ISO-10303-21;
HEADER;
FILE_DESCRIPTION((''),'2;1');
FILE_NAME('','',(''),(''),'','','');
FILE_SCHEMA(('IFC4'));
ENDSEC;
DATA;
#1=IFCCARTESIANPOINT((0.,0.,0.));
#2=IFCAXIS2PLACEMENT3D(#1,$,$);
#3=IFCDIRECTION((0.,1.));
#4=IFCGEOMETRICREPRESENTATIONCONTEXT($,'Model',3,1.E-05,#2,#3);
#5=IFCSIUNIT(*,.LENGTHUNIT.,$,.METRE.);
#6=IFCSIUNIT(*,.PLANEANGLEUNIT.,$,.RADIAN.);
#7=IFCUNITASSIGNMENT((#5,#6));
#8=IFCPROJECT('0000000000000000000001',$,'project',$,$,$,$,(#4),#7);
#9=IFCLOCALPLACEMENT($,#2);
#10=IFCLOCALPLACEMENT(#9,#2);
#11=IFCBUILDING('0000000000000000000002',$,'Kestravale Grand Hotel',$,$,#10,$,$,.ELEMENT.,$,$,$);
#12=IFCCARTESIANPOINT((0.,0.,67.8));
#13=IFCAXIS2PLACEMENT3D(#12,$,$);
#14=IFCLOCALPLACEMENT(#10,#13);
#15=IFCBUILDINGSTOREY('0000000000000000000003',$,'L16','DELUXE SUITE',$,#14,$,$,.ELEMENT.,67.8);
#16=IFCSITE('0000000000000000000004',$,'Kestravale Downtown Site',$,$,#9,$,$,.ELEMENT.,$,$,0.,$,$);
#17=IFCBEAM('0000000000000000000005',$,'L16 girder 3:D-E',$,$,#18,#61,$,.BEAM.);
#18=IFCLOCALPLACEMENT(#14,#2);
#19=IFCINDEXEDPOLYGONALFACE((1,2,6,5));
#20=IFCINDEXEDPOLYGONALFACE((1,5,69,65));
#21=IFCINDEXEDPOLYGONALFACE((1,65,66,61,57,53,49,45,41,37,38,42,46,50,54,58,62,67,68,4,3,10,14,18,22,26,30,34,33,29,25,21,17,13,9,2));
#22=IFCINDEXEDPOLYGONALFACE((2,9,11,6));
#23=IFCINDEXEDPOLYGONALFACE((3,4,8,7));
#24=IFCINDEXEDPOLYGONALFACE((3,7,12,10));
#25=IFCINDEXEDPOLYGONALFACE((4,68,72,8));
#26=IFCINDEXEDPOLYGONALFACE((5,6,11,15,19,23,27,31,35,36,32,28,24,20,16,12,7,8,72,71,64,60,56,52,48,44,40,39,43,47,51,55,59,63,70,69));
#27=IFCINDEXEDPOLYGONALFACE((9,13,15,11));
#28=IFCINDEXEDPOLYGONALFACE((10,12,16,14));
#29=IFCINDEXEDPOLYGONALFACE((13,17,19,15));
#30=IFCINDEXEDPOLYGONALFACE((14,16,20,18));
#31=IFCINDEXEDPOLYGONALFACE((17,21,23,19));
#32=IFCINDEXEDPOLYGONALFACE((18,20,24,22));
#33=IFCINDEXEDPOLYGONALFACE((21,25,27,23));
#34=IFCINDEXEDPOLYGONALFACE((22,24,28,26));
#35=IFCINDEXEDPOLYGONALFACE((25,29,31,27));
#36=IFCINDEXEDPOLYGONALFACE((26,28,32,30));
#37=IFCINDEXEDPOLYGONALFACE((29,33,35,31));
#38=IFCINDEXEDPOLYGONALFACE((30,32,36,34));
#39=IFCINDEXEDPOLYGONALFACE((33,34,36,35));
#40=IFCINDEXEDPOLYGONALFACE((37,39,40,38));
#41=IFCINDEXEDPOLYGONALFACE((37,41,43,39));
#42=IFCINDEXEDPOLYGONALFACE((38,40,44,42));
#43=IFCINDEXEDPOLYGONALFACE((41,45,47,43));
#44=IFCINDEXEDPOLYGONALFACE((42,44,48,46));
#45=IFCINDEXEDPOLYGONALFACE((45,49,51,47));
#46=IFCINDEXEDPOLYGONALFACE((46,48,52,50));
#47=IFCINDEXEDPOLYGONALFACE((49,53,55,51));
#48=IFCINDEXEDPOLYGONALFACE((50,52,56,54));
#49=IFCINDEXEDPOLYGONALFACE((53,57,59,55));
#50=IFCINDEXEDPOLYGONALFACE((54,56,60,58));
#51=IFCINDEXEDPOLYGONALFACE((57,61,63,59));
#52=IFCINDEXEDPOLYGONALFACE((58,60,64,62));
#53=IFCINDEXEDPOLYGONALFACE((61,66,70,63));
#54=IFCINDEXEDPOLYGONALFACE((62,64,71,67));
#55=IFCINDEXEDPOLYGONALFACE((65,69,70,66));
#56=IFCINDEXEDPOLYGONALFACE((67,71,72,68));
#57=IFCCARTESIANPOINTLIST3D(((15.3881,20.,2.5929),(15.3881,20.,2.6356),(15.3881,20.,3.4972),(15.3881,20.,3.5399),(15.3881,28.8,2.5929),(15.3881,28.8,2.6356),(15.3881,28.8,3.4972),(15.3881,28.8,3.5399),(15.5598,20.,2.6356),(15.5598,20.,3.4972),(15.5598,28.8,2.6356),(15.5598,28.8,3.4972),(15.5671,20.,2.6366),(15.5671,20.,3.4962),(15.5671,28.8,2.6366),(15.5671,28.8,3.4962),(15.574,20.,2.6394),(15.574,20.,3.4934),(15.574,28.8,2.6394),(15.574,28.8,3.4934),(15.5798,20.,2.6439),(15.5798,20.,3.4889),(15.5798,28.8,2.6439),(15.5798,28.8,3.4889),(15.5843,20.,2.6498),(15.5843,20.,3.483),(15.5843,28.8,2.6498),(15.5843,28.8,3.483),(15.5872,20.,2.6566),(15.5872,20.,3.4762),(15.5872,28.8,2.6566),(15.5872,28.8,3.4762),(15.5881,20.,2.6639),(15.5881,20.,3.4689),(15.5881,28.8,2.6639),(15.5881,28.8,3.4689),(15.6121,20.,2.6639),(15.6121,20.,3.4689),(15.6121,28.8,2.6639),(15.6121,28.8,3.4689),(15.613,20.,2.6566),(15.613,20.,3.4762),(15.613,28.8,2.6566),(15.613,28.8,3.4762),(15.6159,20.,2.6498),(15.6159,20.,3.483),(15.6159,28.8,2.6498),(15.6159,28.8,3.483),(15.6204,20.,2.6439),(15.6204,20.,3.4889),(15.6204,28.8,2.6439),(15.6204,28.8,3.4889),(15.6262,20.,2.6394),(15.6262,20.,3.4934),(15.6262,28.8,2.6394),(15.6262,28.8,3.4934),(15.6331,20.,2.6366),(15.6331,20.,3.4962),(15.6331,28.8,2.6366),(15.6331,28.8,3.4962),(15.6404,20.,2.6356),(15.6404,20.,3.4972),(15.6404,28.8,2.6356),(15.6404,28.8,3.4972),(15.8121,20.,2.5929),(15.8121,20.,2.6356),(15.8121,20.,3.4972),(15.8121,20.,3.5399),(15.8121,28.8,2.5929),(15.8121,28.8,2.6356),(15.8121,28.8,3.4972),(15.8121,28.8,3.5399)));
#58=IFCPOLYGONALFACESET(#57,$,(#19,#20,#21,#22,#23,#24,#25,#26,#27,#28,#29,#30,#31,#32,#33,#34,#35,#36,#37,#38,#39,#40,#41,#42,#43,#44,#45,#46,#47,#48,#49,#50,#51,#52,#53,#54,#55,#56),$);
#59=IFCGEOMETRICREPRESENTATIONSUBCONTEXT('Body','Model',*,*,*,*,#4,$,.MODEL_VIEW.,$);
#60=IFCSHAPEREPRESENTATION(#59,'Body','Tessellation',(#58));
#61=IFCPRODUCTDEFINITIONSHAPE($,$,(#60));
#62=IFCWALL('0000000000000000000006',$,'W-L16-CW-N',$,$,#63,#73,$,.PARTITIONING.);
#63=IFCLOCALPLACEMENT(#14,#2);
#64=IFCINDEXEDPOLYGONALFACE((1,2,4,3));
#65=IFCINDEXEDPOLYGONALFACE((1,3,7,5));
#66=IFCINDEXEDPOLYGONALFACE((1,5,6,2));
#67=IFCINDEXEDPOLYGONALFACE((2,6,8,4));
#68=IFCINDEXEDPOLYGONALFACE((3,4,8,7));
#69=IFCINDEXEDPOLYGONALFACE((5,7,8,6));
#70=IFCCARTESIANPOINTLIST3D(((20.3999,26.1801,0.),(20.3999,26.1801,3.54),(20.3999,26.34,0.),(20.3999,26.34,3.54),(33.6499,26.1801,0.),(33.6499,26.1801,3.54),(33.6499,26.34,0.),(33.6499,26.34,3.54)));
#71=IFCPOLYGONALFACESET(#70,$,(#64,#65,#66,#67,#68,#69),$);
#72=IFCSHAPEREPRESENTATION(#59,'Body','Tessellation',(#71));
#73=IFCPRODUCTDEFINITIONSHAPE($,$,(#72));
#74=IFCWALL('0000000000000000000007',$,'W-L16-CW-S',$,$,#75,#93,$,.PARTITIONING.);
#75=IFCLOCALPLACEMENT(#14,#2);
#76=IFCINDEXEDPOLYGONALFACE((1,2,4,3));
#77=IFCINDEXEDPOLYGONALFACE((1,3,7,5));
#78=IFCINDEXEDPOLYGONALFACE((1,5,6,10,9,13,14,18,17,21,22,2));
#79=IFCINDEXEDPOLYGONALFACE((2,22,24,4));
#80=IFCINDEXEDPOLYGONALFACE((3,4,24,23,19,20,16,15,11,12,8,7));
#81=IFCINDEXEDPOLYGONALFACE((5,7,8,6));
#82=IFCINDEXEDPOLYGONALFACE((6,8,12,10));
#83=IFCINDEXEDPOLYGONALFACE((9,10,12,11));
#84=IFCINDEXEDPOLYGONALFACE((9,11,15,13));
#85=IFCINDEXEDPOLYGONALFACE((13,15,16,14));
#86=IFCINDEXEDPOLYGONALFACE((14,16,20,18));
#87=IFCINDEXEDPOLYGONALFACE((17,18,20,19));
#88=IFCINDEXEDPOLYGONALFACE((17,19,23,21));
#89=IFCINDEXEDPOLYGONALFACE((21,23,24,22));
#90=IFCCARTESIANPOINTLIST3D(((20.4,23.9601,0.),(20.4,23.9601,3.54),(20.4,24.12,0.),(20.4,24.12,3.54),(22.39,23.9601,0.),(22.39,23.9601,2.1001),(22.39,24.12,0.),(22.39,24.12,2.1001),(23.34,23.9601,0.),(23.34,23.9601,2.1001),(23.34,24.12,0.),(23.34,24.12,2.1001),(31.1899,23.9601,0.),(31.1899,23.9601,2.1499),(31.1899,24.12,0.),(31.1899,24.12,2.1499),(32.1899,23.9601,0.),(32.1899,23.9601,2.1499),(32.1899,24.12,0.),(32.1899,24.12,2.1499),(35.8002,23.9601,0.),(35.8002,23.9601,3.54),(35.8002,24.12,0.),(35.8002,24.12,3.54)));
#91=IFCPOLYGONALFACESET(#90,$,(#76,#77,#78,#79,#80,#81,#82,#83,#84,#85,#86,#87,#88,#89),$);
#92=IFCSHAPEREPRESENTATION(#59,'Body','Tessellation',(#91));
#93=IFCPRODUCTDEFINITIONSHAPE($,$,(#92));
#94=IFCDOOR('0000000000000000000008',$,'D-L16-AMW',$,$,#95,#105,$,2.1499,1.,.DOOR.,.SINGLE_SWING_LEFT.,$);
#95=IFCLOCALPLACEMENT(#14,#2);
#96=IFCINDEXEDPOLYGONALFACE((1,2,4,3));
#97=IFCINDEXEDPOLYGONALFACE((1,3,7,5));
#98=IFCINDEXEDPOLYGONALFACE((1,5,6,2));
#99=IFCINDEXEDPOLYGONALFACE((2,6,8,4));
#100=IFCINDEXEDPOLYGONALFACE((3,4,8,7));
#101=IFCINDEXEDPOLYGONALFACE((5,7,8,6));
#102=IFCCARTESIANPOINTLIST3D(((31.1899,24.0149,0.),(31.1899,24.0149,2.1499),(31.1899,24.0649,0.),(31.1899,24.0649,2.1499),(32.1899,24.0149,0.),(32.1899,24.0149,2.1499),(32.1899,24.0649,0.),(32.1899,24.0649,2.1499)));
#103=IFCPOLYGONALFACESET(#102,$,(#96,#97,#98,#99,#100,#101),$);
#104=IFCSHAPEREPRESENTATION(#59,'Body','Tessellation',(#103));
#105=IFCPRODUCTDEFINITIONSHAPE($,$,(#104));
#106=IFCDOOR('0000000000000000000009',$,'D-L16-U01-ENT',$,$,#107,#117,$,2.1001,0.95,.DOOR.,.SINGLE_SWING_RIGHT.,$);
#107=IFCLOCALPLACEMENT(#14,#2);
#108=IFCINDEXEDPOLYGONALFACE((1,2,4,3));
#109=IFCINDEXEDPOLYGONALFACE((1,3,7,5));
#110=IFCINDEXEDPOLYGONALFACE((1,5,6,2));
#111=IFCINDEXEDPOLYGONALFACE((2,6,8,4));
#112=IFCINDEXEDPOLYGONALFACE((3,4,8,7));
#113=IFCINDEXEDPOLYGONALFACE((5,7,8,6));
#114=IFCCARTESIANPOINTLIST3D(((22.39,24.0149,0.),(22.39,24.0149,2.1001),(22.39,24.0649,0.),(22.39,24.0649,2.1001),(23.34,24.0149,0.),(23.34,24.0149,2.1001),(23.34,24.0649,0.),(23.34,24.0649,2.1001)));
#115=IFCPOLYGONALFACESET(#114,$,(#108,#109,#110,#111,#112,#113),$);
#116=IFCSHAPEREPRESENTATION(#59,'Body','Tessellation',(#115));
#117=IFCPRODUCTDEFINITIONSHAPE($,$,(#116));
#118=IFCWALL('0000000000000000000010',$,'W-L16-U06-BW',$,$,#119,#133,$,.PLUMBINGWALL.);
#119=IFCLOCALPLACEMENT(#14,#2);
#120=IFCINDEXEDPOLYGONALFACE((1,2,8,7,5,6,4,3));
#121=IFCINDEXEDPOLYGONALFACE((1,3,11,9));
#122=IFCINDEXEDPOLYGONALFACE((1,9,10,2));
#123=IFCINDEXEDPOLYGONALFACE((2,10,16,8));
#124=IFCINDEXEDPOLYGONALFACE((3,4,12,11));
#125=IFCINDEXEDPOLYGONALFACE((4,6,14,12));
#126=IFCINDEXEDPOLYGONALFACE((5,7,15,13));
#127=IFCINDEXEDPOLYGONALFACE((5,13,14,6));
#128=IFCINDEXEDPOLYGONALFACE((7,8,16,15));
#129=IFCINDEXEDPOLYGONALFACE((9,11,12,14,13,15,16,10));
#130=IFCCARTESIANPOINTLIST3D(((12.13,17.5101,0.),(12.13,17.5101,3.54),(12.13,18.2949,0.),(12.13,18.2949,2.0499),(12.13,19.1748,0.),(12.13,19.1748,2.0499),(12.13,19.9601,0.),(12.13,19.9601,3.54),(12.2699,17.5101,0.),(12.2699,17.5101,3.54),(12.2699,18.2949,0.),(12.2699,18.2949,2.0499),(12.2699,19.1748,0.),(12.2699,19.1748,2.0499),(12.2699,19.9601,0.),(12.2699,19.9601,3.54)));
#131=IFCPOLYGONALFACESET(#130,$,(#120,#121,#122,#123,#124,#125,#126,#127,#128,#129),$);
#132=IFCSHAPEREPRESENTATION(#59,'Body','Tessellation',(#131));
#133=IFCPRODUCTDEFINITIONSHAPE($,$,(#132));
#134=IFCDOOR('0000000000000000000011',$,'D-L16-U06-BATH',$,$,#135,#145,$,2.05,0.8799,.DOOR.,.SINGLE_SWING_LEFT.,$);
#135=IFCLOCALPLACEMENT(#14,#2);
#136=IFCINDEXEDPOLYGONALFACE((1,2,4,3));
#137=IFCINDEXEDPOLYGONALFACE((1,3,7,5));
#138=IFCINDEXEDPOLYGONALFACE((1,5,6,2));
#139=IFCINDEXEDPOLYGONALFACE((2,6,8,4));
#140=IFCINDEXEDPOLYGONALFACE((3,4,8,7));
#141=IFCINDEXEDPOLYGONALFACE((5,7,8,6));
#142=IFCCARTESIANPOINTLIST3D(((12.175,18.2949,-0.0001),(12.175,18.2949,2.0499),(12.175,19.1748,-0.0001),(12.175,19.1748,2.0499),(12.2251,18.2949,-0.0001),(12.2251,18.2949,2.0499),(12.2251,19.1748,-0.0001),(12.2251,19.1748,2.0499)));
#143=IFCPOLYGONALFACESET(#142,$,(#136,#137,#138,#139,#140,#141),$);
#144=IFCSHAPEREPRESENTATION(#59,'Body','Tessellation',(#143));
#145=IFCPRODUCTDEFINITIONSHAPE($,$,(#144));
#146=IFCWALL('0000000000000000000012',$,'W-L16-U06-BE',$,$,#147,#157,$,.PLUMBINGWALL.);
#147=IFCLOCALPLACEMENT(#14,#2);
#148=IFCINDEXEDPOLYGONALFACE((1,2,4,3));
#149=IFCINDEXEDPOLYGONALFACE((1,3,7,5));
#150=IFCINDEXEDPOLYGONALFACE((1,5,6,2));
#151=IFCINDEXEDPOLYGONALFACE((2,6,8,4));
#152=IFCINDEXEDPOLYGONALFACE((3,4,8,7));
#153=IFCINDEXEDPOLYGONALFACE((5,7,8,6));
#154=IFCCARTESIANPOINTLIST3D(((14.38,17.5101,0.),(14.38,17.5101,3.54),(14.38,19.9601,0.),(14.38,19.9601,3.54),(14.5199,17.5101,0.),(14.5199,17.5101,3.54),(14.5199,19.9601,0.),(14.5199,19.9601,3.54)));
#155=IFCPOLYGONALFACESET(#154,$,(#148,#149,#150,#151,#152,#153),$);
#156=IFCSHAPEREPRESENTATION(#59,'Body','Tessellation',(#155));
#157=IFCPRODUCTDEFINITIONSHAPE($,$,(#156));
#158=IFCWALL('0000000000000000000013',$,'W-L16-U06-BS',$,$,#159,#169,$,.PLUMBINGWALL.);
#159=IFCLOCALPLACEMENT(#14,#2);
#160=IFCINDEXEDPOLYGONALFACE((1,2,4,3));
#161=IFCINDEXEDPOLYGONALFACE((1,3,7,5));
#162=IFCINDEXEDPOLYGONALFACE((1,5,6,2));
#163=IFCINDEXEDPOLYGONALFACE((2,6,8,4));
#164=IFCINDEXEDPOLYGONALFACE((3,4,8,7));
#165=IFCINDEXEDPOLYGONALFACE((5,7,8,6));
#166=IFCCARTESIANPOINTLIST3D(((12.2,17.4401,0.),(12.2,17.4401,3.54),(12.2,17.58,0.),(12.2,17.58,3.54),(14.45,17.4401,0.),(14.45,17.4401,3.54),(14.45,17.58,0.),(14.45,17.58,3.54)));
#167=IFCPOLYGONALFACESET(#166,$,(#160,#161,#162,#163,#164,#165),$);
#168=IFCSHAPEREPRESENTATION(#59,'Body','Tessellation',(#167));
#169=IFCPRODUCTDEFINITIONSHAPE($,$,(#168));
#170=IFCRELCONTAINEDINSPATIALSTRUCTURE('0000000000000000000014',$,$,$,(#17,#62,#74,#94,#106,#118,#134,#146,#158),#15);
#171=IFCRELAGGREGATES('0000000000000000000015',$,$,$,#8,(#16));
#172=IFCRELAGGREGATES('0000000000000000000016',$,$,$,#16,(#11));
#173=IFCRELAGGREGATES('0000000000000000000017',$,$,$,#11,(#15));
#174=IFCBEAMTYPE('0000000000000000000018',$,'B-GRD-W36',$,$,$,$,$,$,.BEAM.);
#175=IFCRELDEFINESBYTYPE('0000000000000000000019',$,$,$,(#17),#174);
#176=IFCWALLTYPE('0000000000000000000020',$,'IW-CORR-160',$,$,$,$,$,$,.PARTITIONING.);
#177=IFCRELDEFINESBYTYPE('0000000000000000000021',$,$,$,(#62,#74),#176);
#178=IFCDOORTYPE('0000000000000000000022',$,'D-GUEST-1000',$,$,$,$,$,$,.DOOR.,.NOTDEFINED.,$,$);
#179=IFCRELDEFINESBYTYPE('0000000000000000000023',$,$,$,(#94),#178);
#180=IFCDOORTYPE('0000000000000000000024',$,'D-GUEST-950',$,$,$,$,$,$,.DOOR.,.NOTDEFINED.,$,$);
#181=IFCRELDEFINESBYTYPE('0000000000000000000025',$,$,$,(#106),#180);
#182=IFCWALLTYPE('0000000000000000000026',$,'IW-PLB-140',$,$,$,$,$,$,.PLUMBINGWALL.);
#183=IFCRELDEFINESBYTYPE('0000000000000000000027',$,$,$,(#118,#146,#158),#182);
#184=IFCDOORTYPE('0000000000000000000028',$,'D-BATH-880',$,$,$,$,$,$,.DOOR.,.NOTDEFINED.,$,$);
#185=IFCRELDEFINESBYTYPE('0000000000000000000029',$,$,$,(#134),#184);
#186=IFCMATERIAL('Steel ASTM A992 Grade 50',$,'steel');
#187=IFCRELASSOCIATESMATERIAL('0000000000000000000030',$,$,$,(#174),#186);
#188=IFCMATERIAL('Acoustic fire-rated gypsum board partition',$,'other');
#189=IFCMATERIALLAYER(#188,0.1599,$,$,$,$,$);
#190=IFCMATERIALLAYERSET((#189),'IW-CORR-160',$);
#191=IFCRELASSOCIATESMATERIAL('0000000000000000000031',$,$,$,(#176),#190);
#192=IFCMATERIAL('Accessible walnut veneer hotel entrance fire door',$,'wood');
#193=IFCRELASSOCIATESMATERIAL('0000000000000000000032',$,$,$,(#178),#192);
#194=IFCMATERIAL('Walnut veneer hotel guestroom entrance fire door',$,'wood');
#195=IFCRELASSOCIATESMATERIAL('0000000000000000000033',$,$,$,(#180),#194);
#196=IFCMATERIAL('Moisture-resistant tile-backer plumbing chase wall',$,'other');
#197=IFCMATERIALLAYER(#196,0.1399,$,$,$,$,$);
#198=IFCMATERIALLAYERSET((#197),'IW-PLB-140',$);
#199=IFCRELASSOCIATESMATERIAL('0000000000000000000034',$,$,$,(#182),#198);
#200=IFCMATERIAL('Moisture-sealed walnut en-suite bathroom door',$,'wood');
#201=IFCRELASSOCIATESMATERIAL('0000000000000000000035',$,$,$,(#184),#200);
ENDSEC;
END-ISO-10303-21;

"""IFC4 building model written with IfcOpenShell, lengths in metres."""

from ifc_helpers import new_model, si_unit, direction, frame, frame_2d, origin, origin_2d, place, context, subcontext, project, spatial, rectangle, i_section, extrude, material, layer, layer_set, material_profile, profile_set, type_object, element, fill, save


model = new_model("IFC4")

# Units and contexts
model_context = context("Model", 3, precision=1e-05, world=origin(), true_north=direction((0.0, 1.0)))
body_context = subcontext(model_context, "Body", "Model", "MODEL_VIEW")
ifc_project = project(units=[si_unit("LENGTHUNIT", "METRE"), si_unit("PLANEANGLEUNIT", "RADIAN")], contexts=[model_context])

# Site, building, storey
site_placement = place(None, origin())
site = spatial("IfcSite", under=ifc_project, at=site_placement, Name="Kestravale Downtown Site", CompositionType="ELEMENT", RefElevation=0.0)
building_placement = place(site_placement, origin())
building = spatial("IfcBuilding", under=site, at=building_placement, Name="Kestravale Grand Hotel", CompositionType="ELEMENT")
storey_placement = place(building_placement, frame((0.0, 0.0, 67.8)))
storey = spatial("IfcBuildingStorey", under=building, at=storey_placement, Name="L16", Description="DELUXE SUITE", CompositionType="ELEMENT", Elevation=67.8)

# Beam
ifc_material_1 = material(Name="Steel ASTM A992 Grade 50", Category="steel")
ifc_material_profile_1 = material_profile(ifc_material_1, i_section(OverallWidth=0.4241, OverallDepth=0.947, WebThickness=0.0239, FlangeThickness=0.0427, FilletRadius=0.0283, at=origin_2d()))
ifc_profile_set_1 = profile_set([ifc_material_profile_1], Name="Steel ASTM A992 Grade 50")
beam_type_1 = type_object("IfcBeamType", Name="B-GRD-W36", PredefinedType="BEAM", material=ifc_profile_set_1)
for number, where, z_axis, x_axis, name in (
    (1, (15.6001, 20.0, 3.0664), (0.0, 1.0, 0.0), (-1.0, 0.0, 0.0), "L16 girder 3:D-E"),
):
    element("IfcBeam", number, at=place(storey_placement, frame(where, z_axis=z_axis, x_axis=x_axis)), inside=storey, type_object=beam_type_1, Name=name, PredefinedType="BEAM", context=body_context, shape_type="SweptSolid", body=[
        extrude(i_section(OverallWidth=0.4241, OverallDepth=0.947, WebThickness=0.0239, FlangeThickness=0.0427, FilletRadius=0.0283, at=origin_2d()), origin(), (0.0, 0.0, 1.0), 8.8),
    ])

# Wall
ifc_material_2 = material(Name="Acoustic fire-rated gypsum board partition", Category="other")
ifc_layer_1 = layer(ifc_material_2, 0.1599)
ifc_layer_set_1 = layer_set([ifc_layer_1], Name="IW-CORR-160")
wall_type_1 = type_object("IfcWallType", Name="IW-CORR-160", PredefinedType="PARTITIONING", material=ifc_layer_set_1)
wall_1_placement = place(storey_placement, frame((20.3999, 26.26, 0.0), z_axis=(0.0, 0.0, 1.0), x_axis=(1.0, 0.0, 0.0)))
element("IfcWall", 2, at=wall_1_placement, inside=storey, type_object=wall_type_1, Name="W-L16-CW-N", PredefinedType="PARTITIONING", context=body_context, shape_type="SweptSolid", body=[
    extrude(rectangle(XDim=13.25, YDim=0.1599, at=frame_2d((6.625, 0.0))), origin(), (0.0, 0.0, 1.0), 3.54),
])

# Wall, openings, doors
wall_2_placement = place(storey_placement, frame((20.3999, 24.04, 0.0), z_axis=(0.0, 0.0, 1.0), x_axis=(1.0, 0.0, 0.0)))
wall_2 = element("IfcWall", 3, at=wall_2_placement, inside=storey, type_object=wall_type_1, Name="W-L16-CW-S", PredefinedType="PARTITIONING", context=body_context, shape_type="SweptSolid", body=[
    extrude(rectangle(XDim=15.4001, YDim=0.1599, at=frame_2d((7.7002, 0.0))), origin(), (0.0, 0.0, 1.0), 3.54),
])
opening_1_placement = place(wall_2_placement, frame((1.99, 0.0, 0.0)))
opening_1 = element("IfcOpeningElement", 4, at=opening_1_placement, cuts=wall_2, PredefinedType="OPENING", context=body_context, shape_type="SweptSolid", body=[
    extrude(rectangle(XDim=0.95, YDim=2.1001, at=frame_2d((0.4751, 1.05))), frame((0.0, 0.0898, 0.0), z_axis=(0.0, -1.0, 0.0), x_axis=(1.0, 0.0, 0.0)), (0.0, 0.0, 1.0), 0.1799),
])
opening_2_placement = place(wall_2_placement, frame((10.79, 0.0, 0.0)))
opening_2 = element("IfcOpeningElement", 5, at=opening_2_placement, cuts=wall_2, PredefinedType="OPENING", context=body_context, shape_type="SweptSolid", body=[
    extrude(rectangle(XDim=1.0, YDim=2.1499, at=frame_2d((0.5, 1.075))), frame((0.0, 0.0898, 0.0), z_axis=(0.0, -1.0, 0.0), x_axis=(1.0, 0.0, 0.0)), (0.0, 0.0, 1.0), 0.1799),
])
ifc_material_3 = material(Name="Accessible walnut veneer hotel entrance fire door", Category="wood")
door_type_1 = type_object("IfcDoorType", Name="D-GUEST-1000", OperationType="NOTDEFINED", PredefinedType="DOOR", material=ifc_material_3)
door_1_placement = place(opening_2_placement, origin())
door_1 = element("IfcDoor", 6, at=door_1_placement, inside=storey, type_object=door_type_1, Name="D-L16-AMW", OperationType="SINGLE_SWING_LEFT", OverallHeight=2.1499, OverallWidth=1.0, PredefinedType="DOOR", context=body_context, shape_type="SweptSolid", body=[
    extrude(rectangle(XDim=1.0, YDim=2.1499, at=frame_2d((0.5, 1.075))), frame((0.0, 0.0249, 0.0), z_axis=(0.0, -1.0, 0.0), x_axis=(1.0, 0.0, 0.0)), (0.0, 0.0, 1.0), 0.05),
])
fill(opening_2, door_1)
ifc_material_4 = material(Name="Walnut veneer hotel guestroom entrance fire door", Category="wood")
door_type_2 = type_object("IfcDoorType", Name="D-GUEST-950", OperationType="NOTDEFINED", PredefinedType="DOOR", material=ifc_material_4)
door_2_placement = place(opening_1_placement, origin())
door_2 = element("IfcDoor", 7, at=door_2_placement, inside=storey, type_object=door_type_2, Name="D-L16-U01-ENT", OperationType="SINGLE_SWING_RIGHT", OverallHeight=2.1001, OverallWidth=0.95, PredefinedType="DOOR", context=body_context, shape_type="SweptSolid", body=[
    extrude(rectangle(XDim=0.95, YDim=2.1001, at=frame_2d((0.4751, 1.05))), frame((0.0, 0.0249, 0.0), z_axis=(0.0, -1.0, 0.0), x_axis=(1.0, 0.0, 0.0)), (0.0, 0.0, 1.0), 0.05),
])
fill(opening_1, door_2)

# Wall, opening, door
ifc_material_5 = material(Name="Moisture-resistant tile-backer plumbing chase wall", Category="other")
ifc_layer_2 = layer(ifc_material_5, 0.1399)
ifc_layer_set_2 = layer_set([ifc_layer_2], Name="IW-PLB-140")
wall_type_2 = type_object("IfcWallType", Name="IW-PLB-140", PredefinedType="PLUMBINGWALL", material=ifc_layer_set_2)
wall_3_placement = place(storey_placement, frame((12.2, 17.51, 0.0), z_axis=(0.0, 0.0, 1.0), x_axis=(0.0, 1.0, 0.0)))
wall_3 = element("IfcWall", 8, at=wall_3_placement, inside=storey, type_object=wall_type_2, Name="W-L16-U06-BW", PredefinedType="PLUMBINGWALL", context=body_context, shape_type="SweptSolid", body=[
    extrude(rectangle(XDim=2.45, YDim=0.1399, at=frame_2d((1.2251, 0.0))), origin(), (0.0, 0.0, 1.0), 3.54),
])
opening_3_placement = place(wall_3_placement, frame((0.7849, 0.0, 0.0)))
opening_3 = element("IfcOpeningElement", 9, at=opening_3_placement, cuts=wall_3, PredefinedType="OPENING", context=body_context, shape_type="SweptSolid", body=[
    extrude(rectangle(XDim=0.8799, YDim=2.05, at=frame_2d((0.4399, 1.0249))), frame((0.0, 0.0798, 0.0), z_axis=(0.0, -1.0, 0.0), x_axis=(1.0, 0.0, 0.0)), (0.0, 0.0, 1.0), 0.1599),
])
ifc_material_6 = material(Name="Moisture-sealed walnut en-suite bathroom door", Category="wood")
door_type_3 = type_object("IfcDoorType", Name="D-BATH-880", OperationType="NOTDEFINED", PredefinedType="DOOR", material=ifc_material_6)
door_3_placement = place(opening_3_placement, origin())
door_3 = element("IfcDoor", 10, at=door_3_placement, inside=storey, type_object=door_type_3, Name="D-L16-U06-BATH", OperationType="SINGLE_SWING_LEFT", OverallHeight=2.05, OverallWidth=0.8799, PredefinedType="DOOR", context=body_context, shape_type="SweptSolid", body=[
    extrude(rectangle(XDim=0.8799, YDim=2.05, at=frame_2d((0.4399, 1.0249))), frame((0.0, 0.0249, 0.0), z_axis=(0.0, -1.0, 0.0), x_axis=(1.0, 0.0, 0.0)), (0.0, 0.0, 1.0), 0.05),
])
fill(opening_3, door_3)

# Walls
wall_4_placement = place(storey_placement, frame((14.45, 17.51, 0.0), z_axis=(0.0, 0.0, 1.0), x_axis=(0.0, 1.0, 0.0)))
element("IfcWall", 11, at=wall_4_placement, inside=storey, type_object=wall_type_2, Name="W-L16-U06-BE", PredefinedType="PLUMBINGWALL", context=body_context, shape_type="SweptSolid", body=[
    extrude(rectangle(XDim=2.45, YDim=0.1399, at=frame_2d((1.2251, 0.0))), origin(), (0.0, 0.0, 1.0), 3.54),
])
wall_5_placement = place(storey_placement, frame((12.2, 17.51, 0.0), z_axis=(0.0, 0.0, 1.0), x_axis=(1.0, 0.0, 0.0)))
element("IfcWall", 12, at=wall_5_placement, inside=storey, type_object=wall_type_2, Name="W-L16-U06-BS", PredefinedType="PLUMBINGWALL", context=body_context, shape_type="SweptSolid", body=[
    extrude(rectangle(XDim=2.25, YDim=0.1399, at=frame_2d((1.125, 0.0))), origin(), (0.0, 0.0, 1.0), 3.54),
])

save(model, "model.ifc")
